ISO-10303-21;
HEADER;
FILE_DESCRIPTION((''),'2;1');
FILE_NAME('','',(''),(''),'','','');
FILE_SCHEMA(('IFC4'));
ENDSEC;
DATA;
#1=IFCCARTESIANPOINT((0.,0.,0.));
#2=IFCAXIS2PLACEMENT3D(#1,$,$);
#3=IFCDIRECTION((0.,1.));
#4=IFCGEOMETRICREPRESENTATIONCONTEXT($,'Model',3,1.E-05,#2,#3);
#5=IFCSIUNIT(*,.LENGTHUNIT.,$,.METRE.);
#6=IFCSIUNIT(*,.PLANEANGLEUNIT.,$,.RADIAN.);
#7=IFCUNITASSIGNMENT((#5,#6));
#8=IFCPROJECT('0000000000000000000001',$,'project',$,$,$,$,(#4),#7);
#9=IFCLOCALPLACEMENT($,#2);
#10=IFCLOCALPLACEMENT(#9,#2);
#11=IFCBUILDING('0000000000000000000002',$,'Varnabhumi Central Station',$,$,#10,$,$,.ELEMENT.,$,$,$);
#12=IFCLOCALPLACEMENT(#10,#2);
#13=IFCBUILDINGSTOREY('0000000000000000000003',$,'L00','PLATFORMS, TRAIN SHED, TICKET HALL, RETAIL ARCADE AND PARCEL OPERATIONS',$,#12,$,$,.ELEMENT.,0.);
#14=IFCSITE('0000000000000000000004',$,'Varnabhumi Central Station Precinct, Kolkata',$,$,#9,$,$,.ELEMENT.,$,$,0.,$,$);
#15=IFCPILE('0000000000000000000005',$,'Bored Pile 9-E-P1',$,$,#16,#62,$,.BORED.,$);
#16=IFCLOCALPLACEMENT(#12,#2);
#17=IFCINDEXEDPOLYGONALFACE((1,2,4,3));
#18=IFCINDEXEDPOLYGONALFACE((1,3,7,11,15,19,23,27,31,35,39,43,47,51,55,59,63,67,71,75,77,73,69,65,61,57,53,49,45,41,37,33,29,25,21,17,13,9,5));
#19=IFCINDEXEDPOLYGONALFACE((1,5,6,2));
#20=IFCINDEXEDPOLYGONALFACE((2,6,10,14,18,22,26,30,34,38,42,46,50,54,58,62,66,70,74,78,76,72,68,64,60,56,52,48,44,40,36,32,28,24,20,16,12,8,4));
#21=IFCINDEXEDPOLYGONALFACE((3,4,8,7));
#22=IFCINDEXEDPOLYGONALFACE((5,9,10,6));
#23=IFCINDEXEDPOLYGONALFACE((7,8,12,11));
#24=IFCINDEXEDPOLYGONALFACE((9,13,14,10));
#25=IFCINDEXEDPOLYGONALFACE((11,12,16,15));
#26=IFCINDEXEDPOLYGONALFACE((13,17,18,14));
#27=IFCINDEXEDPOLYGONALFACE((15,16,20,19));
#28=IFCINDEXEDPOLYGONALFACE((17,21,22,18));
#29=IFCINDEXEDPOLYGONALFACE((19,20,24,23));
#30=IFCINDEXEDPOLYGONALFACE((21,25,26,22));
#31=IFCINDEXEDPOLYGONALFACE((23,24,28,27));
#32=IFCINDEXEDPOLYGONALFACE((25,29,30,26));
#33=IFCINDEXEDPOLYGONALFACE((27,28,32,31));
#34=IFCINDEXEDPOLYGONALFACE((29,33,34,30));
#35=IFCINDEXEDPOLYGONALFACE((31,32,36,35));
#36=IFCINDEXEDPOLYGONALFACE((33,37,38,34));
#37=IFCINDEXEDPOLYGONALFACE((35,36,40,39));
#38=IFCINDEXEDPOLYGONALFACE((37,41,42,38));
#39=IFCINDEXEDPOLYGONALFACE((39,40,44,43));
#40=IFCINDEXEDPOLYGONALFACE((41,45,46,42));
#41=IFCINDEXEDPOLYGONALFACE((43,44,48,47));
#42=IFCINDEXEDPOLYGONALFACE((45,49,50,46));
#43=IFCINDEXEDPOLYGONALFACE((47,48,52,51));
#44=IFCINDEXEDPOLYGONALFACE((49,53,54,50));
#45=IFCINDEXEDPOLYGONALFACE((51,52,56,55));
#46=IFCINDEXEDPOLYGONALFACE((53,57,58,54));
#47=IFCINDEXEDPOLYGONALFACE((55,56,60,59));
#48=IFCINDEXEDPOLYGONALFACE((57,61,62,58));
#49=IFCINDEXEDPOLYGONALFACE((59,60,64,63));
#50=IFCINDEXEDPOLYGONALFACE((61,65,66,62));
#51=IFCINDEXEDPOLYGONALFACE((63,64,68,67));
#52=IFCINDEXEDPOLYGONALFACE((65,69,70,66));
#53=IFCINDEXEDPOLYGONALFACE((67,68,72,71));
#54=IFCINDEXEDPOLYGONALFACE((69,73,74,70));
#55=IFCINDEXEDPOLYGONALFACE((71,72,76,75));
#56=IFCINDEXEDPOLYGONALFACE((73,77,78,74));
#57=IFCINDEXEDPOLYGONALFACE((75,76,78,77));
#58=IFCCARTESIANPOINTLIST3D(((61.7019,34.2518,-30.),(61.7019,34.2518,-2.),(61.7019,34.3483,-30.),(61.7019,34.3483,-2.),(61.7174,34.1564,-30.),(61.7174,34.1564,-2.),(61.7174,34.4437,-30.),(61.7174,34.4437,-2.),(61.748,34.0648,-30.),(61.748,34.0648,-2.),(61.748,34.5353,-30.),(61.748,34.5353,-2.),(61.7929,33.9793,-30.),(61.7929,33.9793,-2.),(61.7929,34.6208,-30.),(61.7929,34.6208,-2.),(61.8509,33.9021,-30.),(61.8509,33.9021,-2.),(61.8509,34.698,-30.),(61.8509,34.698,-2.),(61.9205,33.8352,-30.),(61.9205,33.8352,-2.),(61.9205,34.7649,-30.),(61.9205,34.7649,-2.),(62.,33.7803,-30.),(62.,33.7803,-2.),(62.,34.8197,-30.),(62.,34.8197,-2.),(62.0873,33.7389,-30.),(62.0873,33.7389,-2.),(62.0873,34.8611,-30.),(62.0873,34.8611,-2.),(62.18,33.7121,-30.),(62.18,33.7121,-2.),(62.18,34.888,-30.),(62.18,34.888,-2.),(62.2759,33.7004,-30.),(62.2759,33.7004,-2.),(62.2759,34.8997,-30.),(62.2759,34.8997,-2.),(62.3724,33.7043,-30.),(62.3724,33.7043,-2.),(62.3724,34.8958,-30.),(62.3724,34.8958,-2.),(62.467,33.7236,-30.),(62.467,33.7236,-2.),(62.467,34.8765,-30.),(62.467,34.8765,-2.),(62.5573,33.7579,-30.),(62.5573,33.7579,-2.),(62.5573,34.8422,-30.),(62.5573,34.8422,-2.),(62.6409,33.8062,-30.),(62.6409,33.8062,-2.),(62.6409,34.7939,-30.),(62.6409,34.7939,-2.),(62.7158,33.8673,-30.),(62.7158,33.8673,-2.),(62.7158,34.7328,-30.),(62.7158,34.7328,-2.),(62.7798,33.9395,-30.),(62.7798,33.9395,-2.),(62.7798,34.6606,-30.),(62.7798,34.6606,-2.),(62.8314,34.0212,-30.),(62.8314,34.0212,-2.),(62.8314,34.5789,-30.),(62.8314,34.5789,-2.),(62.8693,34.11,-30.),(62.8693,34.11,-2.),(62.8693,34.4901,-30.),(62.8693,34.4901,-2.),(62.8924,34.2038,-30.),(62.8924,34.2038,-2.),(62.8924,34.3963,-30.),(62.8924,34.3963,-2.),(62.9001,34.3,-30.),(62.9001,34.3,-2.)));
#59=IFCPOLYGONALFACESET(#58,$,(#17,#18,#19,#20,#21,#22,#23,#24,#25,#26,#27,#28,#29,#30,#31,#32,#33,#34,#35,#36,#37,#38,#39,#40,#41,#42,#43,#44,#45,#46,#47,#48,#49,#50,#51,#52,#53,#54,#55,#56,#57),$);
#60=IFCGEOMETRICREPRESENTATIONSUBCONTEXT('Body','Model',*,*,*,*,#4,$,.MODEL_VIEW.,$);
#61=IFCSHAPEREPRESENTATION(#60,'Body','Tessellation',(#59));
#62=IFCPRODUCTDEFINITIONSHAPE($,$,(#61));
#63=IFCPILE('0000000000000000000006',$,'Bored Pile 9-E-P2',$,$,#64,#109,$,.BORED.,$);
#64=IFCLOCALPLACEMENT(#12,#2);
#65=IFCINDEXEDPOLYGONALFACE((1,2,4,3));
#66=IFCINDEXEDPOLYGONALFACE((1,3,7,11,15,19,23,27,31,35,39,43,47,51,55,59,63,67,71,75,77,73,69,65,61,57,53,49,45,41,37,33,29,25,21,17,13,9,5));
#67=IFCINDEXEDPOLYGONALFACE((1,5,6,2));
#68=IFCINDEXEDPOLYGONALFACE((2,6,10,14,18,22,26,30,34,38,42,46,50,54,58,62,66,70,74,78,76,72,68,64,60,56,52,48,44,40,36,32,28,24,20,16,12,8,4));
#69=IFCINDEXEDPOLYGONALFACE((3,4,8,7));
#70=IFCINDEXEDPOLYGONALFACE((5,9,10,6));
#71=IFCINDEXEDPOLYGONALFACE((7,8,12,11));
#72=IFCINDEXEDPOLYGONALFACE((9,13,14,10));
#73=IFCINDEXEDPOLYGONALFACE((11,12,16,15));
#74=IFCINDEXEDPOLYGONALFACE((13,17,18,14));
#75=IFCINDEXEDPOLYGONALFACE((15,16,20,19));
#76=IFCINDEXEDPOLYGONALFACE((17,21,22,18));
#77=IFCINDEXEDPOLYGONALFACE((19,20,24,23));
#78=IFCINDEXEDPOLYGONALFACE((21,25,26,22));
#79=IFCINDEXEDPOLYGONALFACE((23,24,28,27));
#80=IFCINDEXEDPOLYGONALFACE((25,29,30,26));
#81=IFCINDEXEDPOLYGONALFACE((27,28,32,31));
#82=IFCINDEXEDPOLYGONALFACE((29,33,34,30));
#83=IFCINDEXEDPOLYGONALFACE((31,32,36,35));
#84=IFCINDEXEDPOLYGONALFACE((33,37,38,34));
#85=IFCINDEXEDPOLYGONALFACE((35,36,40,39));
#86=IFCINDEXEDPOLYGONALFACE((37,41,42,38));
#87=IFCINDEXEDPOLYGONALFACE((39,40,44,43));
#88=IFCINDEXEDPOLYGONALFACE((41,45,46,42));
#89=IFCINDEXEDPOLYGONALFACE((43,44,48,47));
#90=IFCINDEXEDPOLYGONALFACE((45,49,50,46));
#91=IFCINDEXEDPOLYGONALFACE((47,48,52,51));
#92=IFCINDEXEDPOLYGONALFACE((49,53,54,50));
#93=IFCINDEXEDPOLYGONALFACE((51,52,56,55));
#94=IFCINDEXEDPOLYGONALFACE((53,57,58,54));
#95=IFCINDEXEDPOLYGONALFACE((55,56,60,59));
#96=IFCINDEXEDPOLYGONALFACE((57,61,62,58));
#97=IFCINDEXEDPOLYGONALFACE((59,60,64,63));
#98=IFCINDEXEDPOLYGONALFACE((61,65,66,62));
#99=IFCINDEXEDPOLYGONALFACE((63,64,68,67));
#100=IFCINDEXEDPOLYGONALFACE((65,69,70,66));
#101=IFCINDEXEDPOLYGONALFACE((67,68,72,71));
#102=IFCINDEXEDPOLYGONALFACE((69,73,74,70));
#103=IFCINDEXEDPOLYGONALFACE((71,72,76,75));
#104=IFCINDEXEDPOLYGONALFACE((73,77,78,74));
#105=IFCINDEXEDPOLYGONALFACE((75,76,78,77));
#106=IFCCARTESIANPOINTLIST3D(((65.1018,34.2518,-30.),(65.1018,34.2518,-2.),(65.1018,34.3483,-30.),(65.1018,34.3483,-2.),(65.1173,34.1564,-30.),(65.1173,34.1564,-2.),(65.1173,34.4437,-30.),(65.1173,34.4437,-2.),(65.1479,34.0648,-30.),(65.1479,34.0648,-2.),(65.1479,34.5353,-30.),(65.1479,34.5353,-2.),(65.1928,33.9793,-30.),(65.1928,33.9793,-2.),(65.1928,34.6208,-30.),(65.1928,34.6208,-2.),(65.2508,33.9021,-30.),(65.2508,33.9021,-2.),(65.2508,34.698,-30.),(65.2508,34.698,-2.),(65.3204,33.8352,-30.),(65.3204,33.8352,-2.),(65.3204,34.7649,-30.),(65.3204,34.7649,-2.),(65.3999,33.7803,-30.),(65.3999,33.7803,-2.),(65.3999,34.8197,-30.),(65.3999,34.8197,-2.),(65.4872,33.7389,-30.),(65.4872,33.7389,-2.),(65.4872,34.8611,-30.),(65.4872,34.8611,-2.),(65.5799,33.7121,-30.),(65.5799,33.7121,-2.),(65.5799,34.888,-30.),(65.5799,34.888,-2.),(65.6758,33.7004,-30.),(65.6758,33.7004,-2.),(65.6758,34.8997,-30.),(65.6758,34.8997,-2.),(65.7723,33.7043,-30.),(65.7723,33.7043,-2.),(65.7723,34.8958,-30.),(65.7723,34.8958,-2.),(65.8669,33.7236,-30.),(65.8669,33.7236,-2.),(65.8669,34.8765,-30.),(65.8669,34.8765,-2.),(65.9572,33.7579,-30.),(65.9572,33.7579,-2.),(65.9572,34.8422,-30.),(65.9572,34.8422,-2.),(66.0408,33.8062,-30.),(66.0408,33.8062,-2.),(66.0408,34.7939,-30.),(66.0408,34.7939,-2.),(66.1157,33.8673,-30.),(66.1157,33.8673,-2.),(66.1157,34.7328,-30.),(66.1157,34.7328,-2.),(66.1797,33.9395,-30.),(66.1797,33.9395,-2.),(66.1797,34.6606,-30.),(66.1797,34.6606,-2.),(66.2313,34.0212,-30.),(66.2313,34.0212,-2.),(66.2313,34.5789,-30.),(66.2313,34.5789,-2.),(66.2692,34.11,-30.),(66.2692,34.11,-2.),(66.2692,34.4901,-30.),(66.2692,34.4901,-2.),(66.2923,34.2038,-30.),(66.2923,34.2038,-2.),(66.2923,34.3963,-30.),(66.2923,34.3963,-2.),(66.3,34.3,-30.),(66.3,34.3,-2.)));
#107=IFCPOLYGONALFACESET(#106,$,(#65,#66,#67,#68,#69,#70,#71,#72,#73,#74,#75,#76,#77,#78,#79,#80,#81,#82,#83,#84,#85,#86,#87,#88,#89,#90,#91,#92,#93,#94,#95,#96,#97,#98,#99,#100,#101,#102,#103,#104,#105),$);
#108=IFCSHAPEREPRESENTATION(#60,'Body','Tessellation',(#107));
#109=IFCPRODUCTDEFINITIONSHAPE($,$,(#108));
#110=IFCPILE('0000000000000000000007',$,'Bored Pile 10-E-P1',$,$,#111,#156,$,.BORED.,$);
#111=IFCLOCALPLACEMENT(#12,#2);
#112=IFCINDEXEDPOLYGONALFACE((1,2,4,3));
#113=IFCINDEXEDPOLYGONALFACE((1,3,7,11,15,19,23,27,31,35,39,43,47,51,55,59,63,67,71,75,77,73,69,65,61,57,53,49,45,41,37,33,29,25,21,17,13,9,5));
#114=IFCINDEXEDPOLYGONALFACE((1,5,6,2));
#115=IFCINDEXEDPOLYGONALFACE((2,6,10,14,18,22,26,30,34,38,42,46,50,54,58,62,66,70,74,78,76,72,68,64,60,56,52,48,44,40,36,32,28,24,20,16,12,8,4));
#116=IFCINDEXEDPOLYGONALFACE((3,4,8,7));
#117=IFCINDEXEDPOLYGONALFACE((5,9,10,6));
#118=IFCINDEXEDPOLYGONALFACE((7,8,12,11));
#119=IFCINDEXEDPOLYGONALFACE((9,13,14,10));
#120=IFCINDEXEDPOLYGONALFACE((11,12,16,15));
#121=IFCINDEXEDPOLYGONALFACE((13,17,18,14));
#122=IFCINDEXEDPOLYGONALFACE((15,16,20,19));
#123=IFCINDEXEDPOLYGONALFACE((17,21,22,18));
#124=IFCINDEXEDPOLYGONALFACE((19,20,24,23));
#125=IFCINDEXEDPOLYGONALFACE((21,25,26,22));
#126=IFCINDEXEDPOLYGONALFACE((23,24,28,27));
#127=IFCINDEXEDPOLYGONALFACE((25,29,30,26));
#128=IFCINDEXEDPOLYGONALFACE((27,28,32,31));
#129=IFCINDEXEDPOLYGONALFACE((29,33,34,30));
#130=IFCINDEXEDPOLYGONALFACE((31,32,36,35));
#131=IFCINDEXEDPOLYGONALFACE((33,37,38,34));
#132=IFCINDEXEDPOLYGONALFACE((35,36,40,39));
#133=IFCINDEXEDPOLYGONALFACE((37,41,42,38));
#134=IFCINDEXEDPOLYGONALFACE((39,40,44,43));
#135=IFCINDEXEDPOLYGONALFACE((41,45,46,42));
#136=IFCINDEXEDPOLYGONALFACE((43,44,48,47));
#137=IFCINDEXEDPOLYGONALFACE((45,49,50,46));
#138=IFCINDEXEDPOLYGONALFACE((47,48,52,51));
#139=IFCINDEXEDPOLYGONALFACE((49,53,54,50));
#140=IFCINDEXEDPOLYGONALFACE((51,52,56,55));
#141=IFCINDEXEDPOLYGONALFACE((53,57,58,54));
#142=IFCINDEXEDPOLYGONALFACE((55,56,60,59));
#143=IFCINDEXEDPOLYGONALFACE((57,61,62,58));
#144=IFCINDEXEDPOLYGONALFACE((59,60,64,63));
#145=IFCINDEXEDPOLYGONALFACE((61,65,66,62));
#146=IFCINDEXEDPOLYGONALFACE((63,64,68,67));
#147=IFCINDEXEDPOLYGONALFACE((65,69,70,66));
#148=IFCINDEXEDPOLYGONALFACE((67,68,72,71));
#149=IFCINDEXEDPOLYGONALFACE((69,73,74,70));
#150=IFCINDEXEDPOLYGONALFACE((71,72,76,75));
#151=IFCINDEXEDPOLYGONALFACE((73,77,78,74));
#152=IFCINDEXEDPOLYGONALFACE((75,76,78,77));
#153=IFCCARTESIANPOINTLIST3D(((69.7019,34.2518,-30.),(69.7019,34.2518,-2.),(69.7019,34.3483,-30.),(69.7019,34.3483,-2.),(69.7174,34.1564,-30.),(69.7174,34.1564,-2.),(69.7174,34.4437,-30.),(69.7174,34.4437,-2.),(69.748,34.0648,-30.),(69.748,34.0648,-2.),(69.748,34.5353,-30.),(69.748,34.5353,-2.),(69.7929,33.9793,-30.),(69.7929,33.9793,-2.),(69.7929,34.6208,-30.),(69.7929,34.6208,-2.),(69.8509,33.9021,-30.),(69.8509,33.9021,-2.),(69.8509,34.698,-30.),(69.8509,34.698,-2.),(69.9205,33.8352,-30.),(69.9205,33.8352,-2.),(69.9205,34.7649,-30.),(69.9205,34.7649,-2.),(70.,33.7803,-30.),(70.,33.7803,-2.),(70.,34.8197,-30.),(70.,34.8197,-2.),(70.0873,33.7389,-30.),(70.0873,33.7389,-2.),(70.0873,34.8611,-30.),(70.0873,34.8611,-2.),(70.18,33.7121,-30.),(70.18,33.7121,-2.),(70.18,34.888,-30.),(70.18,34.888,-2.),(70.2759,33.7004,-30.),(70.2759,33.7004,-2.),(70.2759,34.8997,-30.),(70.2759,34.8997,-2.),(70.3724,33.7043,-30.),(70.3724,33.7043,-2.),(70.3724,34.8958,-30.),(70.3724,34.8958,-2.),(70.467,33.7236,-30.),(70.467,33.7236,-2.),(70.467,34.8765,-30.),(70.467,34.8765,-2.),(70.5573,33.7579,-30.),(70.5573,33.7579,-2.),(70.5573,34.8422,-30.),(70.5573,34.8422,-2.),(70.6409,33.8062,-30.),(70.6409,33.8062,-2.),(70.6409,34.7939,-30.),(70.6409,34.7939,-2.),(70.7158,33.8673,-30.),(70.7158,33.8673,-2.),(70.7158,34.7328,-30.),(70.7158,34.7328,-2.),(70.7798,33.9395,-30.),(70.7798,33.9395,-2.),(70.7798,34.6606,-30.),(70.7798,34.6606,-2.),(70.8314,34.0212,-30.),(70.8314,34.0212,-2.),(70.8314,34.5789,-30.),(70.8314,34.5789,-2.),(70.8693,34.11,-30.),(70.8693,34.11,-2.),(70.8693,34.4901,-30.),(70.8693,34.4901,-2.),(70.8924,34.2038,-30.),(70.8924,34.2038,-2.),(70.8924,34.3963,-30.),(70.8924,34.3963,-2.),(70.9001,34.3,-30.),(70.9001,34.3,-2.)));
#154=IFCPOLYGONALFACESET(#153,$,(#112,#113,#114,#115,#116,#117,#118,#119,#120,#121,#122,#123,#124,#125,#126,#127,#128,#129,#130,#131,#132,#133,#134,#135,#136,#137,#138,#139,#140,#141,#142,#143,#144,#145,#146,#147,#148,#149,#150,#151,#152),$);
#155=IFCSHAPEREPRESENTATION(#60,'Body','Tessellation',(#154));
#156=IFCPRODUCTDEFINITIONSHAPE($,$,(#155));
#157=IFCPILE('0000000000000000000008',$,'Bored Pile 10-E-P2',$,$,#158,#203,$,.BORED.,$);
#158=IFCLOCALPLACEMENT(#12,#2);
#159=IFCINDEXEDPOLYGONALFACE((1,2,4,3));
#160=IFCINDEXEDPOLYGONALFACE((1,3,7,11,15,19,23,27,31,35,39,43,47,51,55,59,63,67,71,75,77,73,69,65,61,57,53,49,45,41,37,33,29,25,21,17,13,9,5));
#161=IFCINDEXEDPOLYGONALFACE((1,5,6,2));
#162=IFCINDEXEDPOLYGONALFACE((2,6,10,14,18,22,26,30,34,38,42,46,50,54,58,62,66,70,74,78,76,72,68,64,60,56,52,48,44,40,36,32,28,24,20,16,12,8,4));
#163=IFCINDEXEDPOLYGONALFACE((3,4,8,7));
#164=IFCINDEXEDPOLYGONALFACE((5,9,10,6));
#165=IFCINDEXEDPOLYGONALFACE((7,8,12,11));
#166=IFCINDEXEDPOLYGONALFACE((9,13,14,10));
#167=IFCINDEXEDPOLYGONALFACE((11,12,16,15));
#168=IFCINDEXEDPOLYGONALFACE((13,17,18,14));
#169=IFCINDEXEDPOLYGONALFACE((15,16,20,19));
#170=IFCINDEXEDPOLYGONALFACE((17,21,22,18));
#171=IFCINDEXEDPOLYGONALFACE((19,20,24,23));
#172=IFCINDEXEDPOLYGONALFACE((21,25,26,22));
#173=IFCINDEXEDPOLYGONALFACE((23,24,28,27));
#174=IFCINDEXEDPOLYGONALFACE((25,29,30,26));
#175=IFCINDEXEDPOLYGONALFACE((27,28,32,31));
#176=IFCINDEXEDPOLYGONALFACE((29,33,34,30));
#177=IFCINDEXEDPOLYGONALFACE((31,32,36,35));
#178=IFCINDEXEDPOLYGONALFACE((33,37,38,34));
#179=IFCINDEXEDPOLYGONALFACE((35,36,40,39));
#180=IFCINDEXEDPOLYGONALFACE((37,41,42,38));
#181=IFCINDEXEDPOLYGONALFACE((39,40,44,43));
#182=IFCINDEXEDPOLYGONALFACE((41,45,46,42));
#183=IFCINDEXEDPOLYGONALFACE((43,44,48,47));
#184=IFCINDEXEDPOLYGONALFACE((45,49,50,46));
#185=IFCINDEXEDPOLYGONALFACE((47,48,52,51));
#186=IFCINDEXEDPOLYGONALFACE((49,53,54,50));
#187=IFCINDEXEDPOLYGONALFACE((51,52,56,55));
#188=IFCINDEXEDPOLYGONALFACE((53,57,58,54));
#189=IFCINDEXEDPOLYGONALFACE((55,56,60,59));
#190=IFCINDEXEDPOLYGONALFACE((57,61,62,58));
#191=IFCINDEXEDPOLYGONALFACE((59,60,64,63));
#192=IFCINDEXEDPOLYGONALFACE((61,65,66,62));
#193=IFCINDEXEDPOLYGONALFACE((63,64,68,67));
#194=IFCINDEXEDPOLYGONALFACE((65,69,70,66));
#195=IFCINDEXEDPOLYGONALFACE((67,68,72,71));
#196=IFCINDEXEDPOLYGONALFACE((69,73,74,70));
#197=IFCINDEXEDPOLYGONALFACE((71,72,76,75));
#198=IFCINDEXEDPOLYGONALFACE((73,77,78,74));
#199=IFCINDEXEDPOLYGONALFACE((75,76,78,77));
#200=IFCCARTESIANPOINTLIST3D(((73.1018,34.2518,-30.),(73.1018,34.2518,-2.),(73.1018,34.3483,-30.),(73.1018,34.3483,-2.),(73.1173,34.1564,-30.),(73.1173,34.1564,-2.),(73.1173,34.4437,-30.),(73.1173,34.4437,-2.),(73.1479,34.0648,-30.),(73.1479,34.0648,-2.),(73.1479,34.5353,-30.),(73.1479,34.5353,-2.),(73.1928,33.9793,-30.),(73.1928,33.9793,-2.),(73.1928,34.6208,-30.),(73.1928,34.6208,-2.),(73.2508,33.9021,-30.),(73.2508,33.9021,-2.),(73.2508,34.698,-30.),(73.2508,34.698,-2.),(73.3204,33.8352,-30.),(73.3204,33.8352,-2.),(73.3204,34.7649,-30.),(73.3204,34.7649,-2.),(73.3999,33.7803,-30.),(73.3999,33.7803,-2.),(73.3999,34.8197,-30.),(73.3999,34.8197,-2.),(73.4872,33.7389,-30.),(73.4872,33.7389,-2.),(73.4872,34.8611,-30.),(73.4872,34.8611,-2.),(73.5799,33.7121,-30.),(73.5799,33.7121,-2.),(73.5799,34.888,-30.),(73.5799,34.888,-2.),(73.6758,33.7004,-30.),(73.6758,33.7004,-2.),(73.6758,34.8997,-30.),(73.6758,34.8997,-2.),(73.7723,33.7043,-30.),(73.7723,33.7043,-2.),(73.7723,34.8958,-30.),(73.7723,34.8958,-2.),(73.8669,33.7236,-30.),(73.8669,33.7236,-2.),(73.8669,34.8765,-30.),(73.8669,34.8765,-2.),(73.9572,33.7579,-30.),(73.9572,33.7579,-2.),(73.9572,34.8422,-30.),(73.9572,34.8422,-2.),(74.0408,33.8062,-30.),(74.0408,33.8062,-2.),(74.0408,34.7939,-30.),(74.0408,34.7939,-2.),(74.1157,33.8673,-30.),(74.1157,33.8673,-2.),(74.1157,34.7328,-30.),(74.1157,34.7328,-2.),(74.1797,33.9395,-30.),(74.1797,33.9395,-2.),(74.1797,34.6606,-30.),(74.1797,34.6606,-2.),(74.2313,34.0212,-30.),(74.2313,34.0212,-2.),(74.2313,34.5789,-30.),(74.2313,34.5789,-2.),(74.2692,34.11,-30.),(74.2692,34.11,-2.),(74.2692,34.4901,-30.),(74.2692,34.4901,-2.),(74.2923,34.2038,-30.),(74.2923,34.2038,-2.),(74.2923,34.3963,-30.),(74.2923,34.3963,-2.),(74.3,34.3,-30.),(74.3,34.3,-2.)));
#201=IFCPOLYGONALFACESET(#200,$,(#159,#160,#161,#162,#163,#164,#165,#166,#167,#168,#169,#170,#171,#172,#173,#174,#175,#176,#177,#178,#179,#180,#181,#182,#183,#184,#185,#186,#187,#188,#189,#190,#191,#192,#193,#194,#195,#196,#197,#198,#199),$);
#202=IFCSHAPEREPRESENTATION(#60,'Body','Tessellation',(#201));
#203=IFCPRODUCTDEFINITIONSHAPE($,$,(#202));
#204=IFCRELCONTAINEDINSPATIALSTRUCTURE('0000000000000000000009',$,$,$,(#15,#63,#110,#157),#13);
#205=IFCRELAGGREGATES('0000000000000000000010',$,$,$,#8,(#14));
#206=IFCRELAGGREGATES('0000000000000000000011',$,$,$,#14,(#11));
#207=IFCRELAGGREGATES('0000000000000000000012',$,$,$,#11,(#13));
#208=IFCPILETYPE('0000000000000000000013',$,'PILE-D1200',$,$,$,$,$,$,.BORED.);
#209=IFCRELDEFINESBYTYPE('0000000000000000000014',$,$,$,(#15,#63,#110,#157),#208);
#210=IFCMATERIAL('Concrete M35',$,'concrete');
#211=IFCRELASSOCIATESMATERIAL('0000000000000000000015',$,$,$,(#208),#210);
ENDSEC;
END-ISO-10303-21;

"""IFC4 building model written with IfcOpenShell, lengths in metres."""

from ifc_helpers import new_model, si_unit, direction, frame, origin, origin_2d, place, context, subcontext, project, spatial, circle, extrude, material, material_profile, profile_set, type_object, element, save


model = new_model("IFC4")

# Units and contexts
model_context = context("Model", 3, precision=1e-05, world=origin(), true_north=direction((0.0, 1.0)))
body_context = subcontext(model_context, "Body", "Model", "MODEL_VIEW")
ifc_project = project(units=[si_unit("LENGTHUNIT", "METRE"), si_unit("PLANEANGLEUNIT", "RADIAN")], contexts=[model_context])

# Site, building, storey
site_placement = place(None, origin())
site = spatial("IfcSite", under=ifc_project, at=site_placement, Name="Varnabhumi Central Station Precinct, Kolkata", CompositionType="ELEMENT", RefElevation=0.0)
building_placement = place(site_placement, origin())
building = spatial("IfcBuilding", under=site, at=building_placement, Name="Varnabhumi Central Station", CompositionType="ELEMENT")
storey_placement = place(building_placement, origin())
storey = spatial("IfcBuildingStorey", under=building, at=storey_placement, Name="L00", Description="PLATFORMS, TRAIN SHED, TICKET HALL, RETAIL ARCADE AND PARCEL OPERATIONS", CompositionType="ELEMENT", Elevation=0.0)

# Piles
ifc_material_1 = material(Name="Concrete M35", Category="concrete")
ifc_material_profile_1 = material_profile(ifc_material_1, circle(Radius=0.6001, at=origin_2d()), Name="Concrete M35", Category="concrete")
ifc_profile_set_1 = profile_set([ifc_material_profile_1], Name="Concrete M35")
pile_type = type_object("IfcPileType", Name="PILE-D1200", PredefinedType="BORED", material=ifc_profile_set_1)
for number, where, z_axis, x_axis, name in (
    (1, (62.3, 34.3, -2.0), (0.0, 0.0, -1.0), (1.0, 0.0, 0.0), "Bored Pile 9-E-P1"),
    (2, (65.7, 34.3, -2.0), (0.0, 0.0, -1.0), (1.0, 0.0, 0.0), "Bored Pile 9-E-P2"),
    (3, (70.3, 34.3, -2.0), (0.0, 0.0, -1.0), (1.0, 0.0, 0.0), "Bored Pile 10-E-P1"),
    (4, (73.7, 34.3, -2.0), (0.0, 0.0, -1.0), (1.0, 0.0, 0.0), "Bored Pile 10-E-P2"),
):
    element("IfcPile", number, at=place(storey_placement, frame(where, z_axis=z_axis, x_axis=x_axis)), inside=storey, type_object=pile_type, Name=name, PredefinedType="BORED", context=body_context, shape_type="SweptSolid", body=[
        extrude(circle(Radius=0.6001, at=origin_2d()), origin(), (0.0, 0.0, 1.0), 28.0),
    ])

save(model, "model.ifc")
